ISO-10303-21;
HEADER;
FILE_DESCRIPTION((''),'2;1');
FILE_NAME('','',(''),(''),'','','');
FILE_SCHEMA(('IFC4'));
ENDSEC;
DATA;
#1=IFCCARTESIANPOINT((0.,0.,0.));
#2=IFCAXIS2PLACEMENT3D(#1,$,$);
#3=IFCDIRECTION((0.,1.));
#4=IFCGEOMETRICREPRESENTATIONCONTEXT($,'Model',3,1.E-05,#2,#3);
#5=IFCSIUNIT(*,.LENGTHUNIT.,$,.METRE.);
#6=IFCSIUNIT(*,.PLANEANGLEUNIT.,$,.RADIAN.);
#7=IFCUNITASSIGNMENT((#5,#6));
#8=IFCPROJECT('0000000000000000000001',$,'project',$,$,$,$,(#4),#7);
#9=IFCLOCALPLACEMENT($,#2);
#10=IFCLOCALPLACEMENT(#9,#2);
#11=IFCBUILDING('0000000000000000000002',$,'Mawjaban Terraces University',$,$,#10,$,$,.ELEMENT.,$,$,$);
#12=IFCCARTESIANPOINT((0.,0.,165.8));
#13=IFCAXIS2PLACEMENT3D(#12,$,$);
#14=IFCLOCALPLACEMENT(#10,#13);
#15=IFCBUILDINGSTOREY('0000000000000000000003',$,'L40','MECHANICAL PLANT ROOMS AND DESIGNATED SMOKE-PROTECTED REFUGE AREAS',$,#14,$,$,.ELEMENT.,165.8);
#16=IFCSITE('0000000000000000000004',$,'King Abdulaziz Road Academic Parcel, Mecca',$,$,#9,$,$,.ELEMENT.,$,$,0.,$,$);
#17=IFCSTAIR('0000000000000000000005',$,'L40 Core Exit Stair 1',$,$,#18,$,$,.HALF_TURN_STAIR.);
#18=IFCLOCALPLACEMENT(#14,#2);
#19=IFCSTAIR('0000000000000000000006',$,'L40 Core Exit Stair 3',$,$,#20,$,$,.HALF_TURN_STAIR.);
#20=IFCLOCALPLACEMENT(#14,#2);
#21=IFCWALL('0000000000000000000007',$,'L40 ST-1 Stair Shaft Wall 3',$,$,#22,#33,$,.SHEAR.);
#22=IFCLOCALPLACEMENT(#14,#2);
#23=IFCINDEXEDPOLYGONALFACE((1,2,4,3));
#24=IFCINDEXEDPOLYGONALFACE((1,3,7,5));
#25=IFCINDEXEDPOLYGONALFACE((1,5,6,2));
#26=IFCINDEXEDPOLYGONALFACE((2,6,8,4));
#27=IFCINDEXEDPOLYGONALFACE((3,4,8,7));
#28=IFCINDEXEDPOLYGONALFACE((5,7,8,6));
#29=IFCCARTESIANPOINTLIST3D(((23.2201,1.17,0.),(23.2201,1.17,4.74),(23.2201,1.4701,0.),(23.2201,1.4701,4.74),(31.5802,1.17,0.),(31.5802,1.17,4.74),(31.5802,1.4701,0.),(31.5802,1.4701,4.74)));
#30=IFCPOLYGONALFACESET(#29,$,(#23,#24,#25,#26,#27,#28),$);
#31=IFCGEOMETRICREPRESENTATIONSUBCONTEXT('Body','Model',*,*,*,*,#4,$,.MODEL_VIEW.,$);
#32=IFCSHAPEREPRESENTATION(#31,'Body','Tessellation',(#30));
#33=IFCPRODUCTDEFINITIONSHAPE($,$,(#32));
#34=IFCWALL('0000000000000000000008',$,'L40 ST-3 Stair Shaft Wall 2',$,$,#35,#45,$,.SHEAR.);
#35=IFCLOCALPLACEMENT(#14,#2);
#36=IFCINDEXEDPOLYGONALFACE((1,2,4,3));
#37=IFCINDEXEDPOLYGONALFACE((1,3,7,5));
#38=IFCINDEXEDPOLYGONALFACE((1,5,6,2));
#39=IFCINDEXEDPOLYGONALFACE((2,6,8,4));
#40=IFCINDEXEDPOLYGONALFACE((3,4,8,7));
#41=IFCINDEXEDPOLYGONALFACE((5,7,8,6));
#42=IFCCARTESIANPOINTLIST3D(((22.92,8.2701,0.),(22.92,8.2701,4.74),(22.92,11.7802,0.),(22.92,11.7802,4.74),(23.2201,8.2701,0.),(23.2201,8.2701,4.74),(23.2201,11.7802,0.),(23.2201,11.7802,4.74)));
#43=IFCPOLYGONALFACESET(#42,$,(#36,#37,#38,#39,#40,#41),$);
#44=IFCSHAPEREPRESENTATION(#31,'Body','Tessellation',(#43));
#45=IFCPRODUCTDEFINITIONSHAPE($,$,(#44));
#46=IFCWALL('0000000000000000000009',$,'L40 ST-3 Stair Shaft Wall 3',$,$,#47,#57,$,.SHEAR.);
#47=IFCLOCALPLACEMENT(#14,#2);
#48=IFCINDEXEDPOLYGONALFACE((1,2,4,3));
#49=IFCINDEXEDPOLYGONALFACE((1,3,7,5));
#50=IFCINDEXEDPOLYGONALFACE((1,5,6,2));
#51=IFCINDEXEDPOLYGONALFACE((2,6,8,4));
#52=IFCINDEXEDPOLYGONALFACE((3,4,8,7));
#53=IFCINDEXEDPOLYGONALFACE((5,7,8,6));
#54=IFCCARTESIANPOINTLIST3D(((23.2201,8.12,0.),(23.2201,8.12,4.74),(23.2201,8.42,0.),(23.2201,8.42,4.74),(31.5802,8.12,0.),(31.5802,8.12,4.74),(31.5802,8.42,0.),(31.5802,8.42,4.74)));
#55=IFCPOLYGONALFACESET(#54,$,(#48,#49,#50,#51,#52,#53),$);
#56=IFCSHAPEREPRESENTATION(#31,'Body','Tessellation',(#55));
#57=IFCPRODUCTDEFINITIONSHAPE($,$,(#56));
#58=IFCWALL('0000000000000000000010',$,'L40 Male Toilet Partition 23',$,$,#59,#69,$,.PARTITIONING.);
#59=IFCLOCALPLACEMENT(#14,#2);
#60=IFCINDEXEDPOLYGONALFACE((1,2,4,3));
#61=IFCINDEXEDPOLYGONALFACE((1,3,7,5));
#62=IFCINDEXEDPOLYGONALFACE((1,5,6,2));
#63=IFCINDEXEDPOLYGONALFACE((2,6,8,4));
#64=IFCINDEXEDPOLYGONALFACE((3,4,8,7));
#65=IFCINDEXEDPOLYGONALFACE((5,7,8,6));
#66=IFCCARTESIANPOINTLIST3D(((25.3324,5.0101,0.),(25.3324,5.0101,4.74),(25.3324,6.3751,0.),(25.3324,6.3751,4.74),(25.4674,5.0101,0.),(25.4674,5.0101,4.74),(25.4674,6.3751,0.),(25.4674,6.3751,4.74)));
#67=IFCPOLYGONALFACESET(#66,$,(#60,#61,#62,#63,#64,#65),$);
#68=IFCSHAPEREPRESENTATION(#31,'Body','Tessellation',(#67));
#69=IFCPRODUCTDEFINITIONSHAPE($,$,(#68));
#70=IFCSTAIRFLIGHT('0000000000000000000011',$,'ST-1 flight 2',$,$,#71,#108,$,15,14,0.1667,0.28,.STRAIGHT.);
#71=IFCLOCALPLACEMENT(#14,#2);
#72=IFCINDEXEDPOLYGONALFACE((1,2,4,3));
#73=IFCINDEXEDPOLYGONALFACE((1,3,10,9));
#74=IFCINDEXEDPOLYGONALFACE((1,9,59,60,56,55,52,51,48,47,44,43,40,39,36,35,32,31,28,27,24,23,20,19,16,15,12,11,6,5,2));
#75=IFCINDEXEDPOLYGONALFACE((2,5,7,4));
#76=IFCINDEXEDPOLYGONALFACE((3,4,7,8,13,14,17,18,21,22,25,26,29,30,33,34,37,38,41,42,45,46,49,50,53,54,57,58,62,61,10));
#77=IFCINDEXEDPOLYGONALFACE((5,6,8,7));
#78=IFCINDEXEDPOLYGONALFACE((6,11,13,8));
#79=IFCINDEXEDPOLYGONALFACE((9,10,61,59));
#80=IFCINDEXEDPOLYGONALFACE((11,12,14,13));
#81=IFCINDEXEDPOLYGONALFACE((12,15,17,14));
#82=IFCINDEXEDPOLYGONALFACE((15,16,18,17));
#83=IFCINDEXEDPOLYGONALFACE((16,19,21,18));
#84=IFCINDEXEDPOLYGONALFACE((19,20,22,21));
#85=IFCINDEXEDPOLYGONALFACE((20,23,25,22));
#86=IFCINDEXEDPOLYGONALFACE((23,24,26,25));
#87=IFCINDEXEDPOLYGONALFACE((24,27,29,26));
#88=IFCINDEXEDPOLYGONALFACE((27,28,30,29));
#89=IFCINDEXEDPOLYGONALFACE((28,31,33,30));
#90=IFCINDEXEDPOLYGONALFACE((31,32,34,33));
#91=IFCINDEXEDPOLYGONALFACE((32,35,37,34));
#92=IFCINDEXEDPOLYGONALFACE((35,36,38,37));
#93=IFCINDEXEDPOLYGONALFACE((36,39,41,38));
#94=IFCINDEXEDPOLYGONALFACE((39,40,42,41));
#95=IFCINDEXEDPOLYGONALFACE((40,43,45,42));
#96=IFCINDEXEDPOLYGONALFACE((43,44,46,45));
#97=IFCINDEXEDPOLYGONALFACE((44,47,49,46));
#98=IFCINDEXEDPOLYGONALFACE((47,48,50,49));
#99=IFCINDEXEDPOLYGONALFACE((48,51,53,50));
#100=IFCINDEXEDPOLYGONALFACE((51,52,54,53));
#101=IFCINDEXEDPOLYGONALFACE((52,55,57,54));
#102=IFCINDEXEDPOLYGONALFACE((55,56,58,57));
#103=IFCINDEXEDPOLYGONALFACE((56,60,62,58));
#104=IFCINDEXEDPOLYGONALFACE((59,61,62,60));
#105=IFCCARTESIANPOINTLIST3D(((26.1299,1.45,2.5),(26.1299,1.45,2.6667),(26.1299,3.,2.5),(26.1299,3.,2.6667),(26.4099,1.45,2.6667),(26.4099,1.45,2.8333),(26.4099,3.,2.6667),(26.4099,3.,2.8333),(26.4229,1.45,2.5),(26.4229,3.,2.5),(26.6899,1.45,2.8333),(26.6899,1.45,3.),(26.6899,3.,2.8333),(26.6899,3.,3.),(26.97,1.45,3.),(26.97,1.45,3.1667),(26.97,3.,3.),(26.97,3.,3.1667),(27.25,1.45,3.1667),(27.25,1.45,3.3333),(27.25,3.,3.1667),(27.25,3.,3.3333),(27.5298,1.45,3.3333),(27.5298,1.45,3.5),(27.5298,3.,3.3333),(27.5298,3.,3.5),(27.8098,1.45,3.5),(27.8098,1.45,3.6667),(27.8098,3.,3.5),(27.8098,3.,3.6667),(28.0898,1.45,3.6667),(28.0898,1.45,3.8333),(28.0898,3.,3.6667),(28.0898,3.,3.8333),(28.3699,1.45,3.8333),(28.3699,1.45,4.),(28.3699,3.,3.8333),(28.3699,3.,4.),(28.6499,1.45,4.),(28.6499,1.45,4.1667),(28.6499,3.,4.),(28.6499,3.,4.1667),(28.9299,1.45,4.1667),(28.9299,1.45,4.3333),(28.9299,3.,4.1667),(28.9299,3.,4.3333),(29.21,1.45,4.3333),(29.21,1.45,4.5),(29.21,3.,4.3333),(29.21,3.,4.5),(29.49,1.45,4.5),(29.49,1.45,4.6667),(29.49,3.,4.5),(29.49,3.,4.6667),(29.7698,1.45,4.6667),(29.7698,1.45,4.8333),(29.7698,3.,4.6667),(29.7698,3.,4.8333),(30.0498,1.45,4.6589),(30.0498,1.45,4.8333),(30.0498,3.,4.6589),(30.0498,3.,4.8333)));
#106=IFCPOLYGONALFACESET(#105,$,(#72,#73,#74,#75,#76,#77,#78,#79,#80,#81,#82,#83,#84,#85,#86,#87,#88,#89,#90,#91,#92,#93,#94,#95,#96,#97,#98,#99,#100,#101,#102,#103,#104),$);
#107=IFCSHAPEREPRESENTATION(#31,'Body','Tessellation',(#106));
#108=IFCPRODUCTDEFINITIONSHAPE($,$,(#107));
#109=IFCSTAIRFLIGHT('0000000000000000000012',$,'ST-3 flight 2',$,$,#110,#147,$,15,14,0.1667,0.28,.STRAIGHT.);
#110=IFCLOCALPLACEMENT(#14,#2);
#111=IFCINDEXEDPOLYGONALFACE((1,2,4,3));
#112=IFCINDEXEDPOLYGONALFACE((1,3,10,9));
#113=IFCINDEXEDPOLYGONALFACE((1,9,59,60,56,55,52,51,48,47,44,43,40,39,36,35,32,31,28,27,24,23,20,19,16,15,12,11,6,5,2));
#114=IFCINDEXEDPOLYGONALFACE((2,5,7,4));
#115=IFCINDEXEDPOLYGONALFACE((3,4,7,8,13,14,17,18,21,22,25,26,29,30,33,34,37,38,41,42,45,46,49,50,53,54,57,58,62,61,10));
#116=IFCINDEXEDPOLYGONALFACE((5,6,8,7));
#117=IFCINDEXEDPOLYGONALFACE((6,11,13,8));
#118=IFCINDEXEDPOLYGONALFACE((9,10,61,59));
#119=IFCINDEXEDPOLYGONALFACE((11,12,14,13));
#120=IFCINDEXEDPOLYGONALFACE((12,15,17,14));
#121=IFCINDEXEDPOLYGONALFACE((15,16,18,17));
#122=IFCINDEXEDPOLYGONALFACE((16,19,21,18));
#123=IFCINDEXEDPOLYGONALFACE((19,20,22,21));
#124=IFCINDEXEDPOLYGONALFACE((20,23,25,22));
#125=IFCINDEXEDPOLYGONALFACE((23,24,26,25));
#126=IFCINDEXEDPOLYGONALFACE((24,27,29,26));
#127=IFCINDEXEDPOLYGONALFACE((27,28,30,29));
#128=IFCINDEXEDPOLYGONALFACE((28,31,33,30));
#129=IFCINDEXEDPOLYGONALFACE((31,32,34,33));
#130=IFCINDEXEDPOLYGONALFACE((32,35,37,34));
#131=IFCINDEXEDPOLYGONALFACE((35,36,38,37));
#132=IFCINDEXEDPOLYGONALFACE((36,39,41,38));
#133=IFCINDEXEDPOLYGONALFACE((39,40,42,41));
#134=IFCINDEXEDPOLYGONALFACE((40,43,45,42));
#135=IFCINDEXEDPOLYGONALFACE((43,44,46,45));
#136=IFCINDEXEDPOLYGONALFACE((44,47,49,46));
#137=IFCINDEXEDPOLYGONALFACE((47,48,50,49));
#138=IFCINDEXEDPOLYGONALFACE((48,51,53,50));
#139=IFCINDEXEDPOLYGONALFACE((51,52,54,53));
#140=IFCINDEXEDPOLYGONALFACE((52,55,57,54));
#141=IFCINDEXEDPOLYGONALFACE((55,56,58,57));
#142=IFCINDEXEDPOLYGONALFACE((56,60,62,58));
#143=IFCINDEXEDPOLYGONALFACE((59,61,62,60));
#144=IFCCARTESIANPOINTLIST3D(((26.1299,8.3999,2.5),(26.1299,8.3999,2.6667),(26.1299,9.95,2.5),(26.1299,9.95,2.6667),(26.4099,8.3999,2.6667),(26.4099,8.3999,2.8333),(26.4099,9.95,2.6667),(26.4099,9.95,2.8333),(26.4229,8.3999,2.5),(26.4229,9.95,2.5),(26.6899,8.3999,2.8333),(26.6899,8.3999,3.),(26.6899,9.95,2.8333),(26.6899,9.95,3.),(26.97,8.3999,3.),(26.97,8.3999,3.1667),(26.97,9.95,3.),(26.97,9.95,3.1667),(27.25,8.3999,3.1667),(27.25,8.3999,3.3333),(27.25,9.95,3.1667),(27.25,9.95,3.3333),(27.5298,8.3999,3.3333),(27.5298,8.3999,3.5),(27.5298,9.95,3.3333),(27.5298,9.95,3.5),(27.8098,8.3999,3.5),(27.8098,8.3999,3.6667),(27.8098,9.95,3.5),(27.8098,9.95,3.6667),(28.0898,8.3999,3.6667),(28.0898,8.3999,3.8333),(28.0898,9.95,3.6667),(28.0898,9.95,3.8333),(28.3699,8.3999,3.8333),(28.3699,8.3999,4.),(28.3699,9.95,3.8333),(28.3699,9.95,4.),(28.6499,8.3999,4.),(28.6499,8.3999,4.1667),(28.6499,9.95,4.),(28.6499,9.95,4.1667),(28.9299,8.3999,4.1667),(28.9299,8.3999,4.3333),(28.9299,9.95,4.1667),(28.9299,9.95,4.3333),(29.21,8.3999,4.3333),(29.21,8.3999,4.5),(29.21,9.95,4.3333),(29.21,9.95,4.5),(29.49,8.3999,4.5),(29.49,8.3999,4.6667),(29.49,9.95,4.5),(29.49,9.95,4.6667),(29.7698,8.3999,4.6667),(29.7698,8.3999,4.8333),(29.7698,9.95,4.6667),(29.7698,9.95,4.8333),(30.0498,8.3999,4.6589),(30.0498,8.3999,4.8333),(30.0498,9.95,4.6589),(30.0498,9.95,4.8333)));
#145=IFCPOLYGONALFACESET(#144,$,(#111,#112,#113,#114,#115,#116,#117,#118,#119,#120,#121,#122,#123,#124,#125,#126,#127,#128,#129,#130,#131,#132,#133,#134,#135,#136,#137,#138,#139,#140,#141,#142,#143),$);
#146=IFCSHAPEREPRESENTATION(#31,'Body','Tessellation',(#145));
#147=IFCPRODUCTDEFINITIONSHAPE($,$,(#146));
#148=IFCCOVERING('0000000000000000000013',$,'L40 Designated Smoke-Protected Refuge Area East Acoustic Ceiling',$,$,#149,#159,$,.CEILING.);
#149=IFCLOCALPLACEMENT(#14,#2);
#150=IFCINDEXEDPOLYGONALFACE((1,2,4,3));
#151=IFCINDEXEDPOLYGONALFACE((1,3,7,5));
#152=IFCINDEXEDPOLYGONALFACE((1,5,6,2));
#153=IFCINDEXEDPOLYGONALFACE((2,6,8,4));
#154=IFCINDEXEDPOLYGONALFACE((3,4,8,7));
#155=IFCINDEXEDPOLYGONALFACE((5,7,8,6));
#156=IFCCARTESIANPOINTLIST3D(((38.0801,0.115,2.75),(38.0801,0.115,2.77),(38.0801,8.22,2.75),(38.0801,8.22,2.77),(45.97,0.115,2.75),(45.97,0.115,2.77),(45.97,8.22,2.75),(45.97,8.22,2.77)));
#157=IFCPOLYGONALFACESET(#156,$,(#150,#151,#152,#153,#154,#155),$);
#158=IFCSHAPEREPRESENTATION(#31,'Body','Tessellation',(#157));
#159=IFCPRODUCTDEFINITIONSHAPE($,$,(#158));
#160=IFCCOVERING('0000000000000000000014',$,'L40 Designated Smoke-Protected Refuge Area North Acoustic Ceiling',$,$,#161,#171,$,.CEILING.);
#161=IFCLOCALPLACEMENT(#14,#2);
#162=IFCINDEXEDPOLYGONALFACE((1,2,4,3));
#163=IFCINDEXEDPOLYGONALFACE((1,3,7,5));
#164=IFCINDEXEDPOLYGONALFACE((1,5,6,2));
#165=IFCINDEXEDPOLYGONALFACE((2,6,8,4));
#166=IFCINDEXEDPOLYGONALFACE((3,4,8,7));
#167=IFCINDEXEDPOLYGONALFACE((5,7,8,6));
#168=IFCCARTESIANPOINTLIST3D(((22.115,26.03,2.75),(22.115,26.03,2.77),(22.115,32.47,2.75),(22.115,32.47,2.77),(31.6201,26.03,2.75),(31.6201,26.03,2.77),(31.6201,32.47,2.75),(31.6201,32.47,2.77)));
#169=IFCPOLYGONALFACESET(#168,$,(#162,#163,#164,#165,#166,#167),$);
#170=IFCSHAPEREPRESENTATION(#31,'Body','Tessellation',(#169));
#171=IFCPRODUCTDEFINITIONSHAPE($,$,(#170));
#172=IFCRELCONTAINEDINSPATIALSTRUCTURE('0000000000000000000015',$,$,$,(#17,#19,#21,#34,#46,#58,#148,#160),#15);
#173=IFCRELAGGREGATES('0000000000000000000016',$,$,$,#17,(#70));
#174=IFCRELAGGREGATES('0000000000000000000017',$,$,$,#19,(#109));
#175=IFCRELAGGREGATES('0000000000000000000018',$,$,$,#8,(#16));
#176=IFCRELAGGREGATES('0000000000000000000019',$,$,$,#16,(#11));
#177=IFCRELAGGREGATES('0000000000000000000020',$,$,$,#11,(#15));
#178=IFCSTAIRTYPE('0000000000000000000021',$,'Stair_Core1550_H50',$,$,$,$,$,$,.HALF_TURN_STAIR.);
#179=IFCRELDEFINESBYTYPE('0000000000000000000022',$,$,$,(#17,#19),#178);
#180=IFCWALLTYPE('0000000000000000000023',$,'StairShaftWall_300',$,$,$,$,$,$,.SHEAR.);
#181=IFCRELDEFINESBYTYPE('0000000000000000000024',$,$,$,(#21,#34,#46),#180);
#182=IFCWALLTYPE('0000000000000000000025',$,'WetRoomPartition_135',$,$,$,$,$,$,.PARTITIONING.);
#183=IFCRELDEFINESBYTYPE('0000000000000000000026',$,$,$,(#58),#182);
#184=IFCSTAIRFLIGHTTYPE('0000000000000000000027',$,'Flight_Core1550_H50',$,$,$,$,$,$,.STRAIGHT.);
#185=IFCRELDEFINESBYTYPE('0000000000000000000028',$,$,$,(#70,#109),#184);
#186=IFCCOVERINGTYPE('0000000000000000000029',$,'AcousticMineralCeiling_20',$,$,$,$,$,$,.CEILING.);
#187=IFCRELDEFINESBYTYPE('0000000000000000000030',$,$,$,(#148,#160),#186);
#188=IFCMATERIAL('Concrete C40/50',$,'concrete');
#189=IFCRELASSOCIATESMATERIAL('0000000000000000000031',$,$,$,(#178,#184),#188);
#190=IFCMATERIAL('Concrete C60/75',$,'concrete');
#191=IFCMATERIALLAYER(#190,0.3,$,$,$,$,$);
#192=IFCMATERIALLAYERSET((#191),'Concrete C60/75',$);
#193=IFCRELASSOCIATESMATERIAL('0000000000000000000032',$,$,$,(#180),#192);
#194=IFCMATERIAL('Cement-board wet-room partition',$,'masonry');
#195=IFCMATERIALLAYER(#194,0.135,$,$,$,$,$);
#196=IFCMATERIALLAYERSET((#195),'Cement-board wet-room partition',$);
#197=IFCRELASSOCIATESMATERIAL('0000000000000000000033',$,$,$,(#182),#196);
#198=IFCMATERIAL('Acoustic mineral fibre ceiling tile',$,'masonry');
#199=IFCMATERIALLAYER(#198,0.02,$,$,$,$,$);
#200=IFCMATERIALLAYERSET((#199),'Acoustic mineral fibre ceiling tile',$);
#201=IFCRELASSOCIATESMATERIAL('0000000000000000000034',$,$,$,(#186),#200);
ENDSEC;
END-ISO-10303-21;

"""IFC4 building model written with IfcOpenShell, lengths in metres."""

from ifc_helpers import new_model, si_unit, direction, frame, frame_2d, origin, place, context, subcontext, project, spatial, polyline, rectangle, outline, extrude, material, layer, layer_set, type_object, element, aggregate, save


model = new_model("IFC4")

# Units and contexts
model_context = context("Model", 3, precision=1e-05, world=origin(), true_north=direction((0.0, 1.0)))
body_context = subcontext(model_context, "Body", "Model", "MODEL_VIEW")
ifc_project = project(units=[si_unit("LENGTHUNIT", "METRE"), si_unit("PLANEANGLEUNIT", "RADIAN")], contexts=[model_context])

# Site, building, storey
site_placement = place(None, origin())
site = spatial("IfcSite", under=ifc_project, at=site_placement, Name="King Abdulaziz Road Academic Parcel, Mecca", CompositionType="ELEMENT", RefElevation=0.0)
building_placement = place(site_placement, origin())
building = spatial("IfcBuilding", under=site, at=building_placement, Name="Mawjaban Terraces University", CompositionType="ELEMENT")
storey_placement = place(building_placement, frame((0.0, 0.0, 165.8)))
storey = spatial("IfcBuildingStorey", under=building, at=storey_placement, Name="L40", Description="MECHANICAL PLANT ROOMS AND DESIGNATED SMOKE-PROTECTED REFUGE AREAS", CompositionType="ELEMENT", Elevation=165.8)

# Shared definitions
ifc_material_1 = material(Name="Concrete C60/75", Category="concrete")

# Shared definitions
ifc_material_2 = material(Name="Concrete C40/50", Category="concrete")

# Stairs
stair_type = type_object("IfcStairType", Name="Stair_Core1550_H50", PredefinedType="HALF_TURN_STAIR", material=ifc_material_2)
stair_1_placement = place(storey_placement, origin())
stair_1 = element("IfcStair", 1, at=stair_1_placement, inside=storey, type_object=stair_type, Name="L40 Core Exit Stair 1", PredefinedType="HALF_TURN_STAIR")
stair_2_placement = place(storey_placement, origin())
stair_2 = element("IfcStair", 2, at=stair_2_placement, inside=storey, type_object=stair_type, Name="L40 Core Exit Stair 3", PredefinedType="HALF_TURN_STAIR")

# Walls
ifc_layer_1 = layer(ifc_material_1, 0.3)
ifc_layer_set_1 = layer_set([ifc_layer_1], Name="Concrete C60/75")
wall_type_1 = type_object("IfcWallType", Name="StairShaftWall_300", PredefinedType="SHEAR", material=ifc_layer_set_1)
wall_1_placement = place(storey_placement, frame((23.22, 1.3201, 0.0), z_axis=(0.0, 0.0, 1.0), x_axis=(1.0, 0.0, 0.0)))
element("IfcWall", 3, at=wall_1_placement, inside=storey, type_object=wall_type_1, Name="L40 ST-1 Stair Shaft Wall 3", PredefinedType="SHEAR", context=body_context, shape_type="SweptSolid", body=[
    extrude(rectangle(XDim=8.3601, YDim=0.3, at=frame_2d((4.1802, 0.0))), origin(), (0.0, 0.0, 1.0), 4.74),
])
wall_2_placement = place(storey_placement, frame((23.0701, 11.78, 0.0), z_axis=(0.0, 0.0, 1.0), x_axis=(0.0, -1.0, 0.0)))
element("IfcWall", 4, at=wall_2_placement, inside=storey, type_object=wall_type_1, Name="L40 ST-3 Stair Shaft Wall 2", PredefinedType="SHEAR", context=body_context, shape_type="SweptSolid", body=[
    extrude(rectangle(XDim=3.51, YDim=0.3, at=frame_2d((1.7549, 0.0))), origin(), (0.0, 0.0, 1.0), 4.74),
])
wall_3_placement = place(storey_placement, frame((23.22, 8.27, 0.0), z_axis=(0.0, 0.0, 1.0), x_axis=(1.0, 0.0, 0.0)))
element("IfcWall", 5, at=wall_3_placement, inside=storey, type_object=wall_type_1, Name="L40 ST-3 Stair Shaft Wall 3", PredefinedType="SHEAR", context=body_context, shape_type="SweptSolid", body=[
    extrude(rectangle(XDim=8.3601, YDim=0.3, at=frame_2d((4.1802, 0.0))), origin(), (0.0, 0.0, 1.0), 4.74),
])
ifc_material_3 = material(Name="Cement-board wet-room partition", Category="masonry")
ifc_layer_2 = layer(ifc_material_3, 0.135)
ifc_layer_set_2 = layer_set([ifc_layer_2], Name="Cement-board wet-room partition")
wall_type_2 = type_object("IfcWallType", Name="WetRoomPartition_135", PredefinedType="PARTITIONING", material=ifc_layer_set_2)
wall_4_placement = place(storey_placement, frame((25.3999, 5.01, 0.0), z_axis=(0.0, 0.0, 1.0), x_axis=(0.0, 1.0, 0.0)))
element("IfcWall", 6, at=wall_4_placement, inside=storey, type_object=wall_type_2, Name="L40 Male Toilet Partition 23", PredefinedType="PARTITIONING", context=body_context, shape_type="SweptSolid", body=[
    extrude(rectangle(XDim=1.365, YDim=0.135, at=frame_2d((0.6826, 0.0))), origin(), (0.0, 0.0, 1.0), 4.74),
])

# Stair flights
stair_flight_type = type_object("IfcStairFlightType", Name="Flight_Core1550_H50", PredefinedType="STRAIGHT", material=ifc_material_2)
stair_flight_1_placement = place(storey_placement, frame((26.1299, 2.2251, 2.5), z_axis=(0.0, 0.0, 1.0), x_axis=(1.0, 0.0, 0.0)))
stair_flight_1 = element("IfcStairFlight", 7, at=stair_flight_1_placement, type_object=stair_flight_type, Name="ST-1 flight 2", NumberOfRisers=15, NumberOfTreads=14, PredefinedType="STRAIGHT", RiserHeight=0.1667, TreadLength=0.28, context=body_context, shape_type="SweptSolid", body=[
    extrude(outline(polyline([(0.0, 0.0), (0.0, 0.1667), (0.28, 0.1667), (0.28, 0.3333), (0.5601, 0.3333), (0.5601, 0.5), (0.8401, 0.5), (0.8401, 0.6667), (1.1201, 0.6667), (1.1201, 0.8333), (1.3999, 0.8333), (1.3999, 1.0), (1.6799, 1.0), (1.6799, 1.1667), (1.96, 1.1667), (1.96, 1.3333), (2.24, 1.3333), (2.24, 1.5), (2.52, 1.5), (2.52, 1.6667), (2.8, 1.6667), (2.8, 1.8333), (3.0801, 1.8333), (3.0801, 2.0), (3.3601, 2.0), (3.3601, 2.1667), (3.6399, 2.1667), (3.6399, 2.3333), (3.9199, 2.3333), (3.9199, 2.5), (3.9199, 2.1589), (0.293, 0.0), (0.0, 0.0)])), frame((0.0, 0.7749, 0.0), z_axis=(0.0, -1.0, 0.0), x_axis=(1.0, 0.0, 0.0)), (0.0, 0.0, 1.0), 1.55),
])
aggregate(stair_1, [stair_flight_1])
stair_flight_2_placement = place(storey_placement, frame((26.1299, 9.175, 2.5), z_axis=(0.0, 0.0, 1.0), x_axis=(1.0, 0.0, 0.0)))
stair_flight_2 = element("IfcStairFlight", 8, at=stair_flight_2_placement, type_object=stair_flight_type, Name="ST-3 flight 2", NumberOfRisers=15, NumberOfTreads=14, PredefinedType="STRAIGHT", RiserHeight=0.1667, TreadLength=0.28, context=body_context, shape_type="SweptSolid", body=[
    extrude(outline(polyline([(0.0, 0.0), (0.0, 0.1667), (0.28, 0.1667), (0.28, 0.3333), (0.5601, 0.3333), (0.5601, 0.5), (0.8401, 0.5), (0.8401, 0.6667), (1.1201, 0.6667), (1.1201, 0.8333), (1.3999, 0.8333), (1.3999, 1.0), (1.6799, 1.0), (1.6799, 1.1667), (1.96, 1.1667), (1.96, 1.3333), (2.24, 1.3333), (2.24, 1.5), (2.52, 1.5), (2.52, 1.6667), (2.8, 1.6667), (2.8, 1.8333), (3.0801, 1.8333), (3.0801, 2.0), (3.3601, 2.0), (3.3601, 2.1667), (3.6399, 2.1667), (3.6399, 2.3333), (3.9199, 2.3333), (3.9199, 2.5), (3.9199, 2.1589), (0.293, 0.0), (0.0, 0.0)])), frame((0.0, 0.7749, 0.0), z_axis=(0.0, -1.0, 0.0), x_axis=(1.0, 0.0, 0.0)), (0.0, 0.0, 1.0), 1.55),
])
aggregate(stair_2, [stair_flight_2])

# Coverings
ifc_material_4 = material(Name="Acoustic mineral fibre ceiling tile", Category="masonry")
ifc_layer_3 = layer(ifc_material_4, 0.02)
ifc_layer_set_3 = layer_set([ifc_layer_3], Name="Acoustic mineral fibre ceiling tile")
covering_type = type_object("IfcCoveringType", Name="AcousticMineralCeiling_20", PredefinedType="CEILING", material=ifc_layer_set_3)
covering_1_placement = place(storey_placement, frame((0.0, 0.0, 2.75)))
element("IfcCovering", 9, at=covering_1_placement, inside=storey, type_object=covering_type, Name="L40 Designated Smoke-Protected Refuge Area East Acoustic Ceiling", PredefinedType="CEILING", context=body_context, shape_type="SweptSolid", body=[
    extrude(outline(polyline([(38.0801, 0.115), (45.97, 0.115), (45.97, 8.22), (38.0801, 8.22), (38.0801, 0.115)])), origin(), (0.0, 0.0, 1.0), 0.02),
])
covering_2_placement = place(storey_placement, frame((0.0, 0.0, 2.75)))
element("IfcCovering", 10, at=covering_2_placement, inside=storey, type_object=covering_type, Name="L40 Designated Smoke-Protected Refuge Area North Acoustic Ceiling", PredefinedType="CEILING", context=body_context, shape_type="SweptSolid", body=[
    extrude(outline(polyline([(22.115, 26.03), (31.6201, 26.03), (31.6201, 32.47), (22.115, 32.47), (22.115, 26.03)])), origin(), (0.0, 0.0, 1.0), 0.02),
])

save(model, "model.ifc")
